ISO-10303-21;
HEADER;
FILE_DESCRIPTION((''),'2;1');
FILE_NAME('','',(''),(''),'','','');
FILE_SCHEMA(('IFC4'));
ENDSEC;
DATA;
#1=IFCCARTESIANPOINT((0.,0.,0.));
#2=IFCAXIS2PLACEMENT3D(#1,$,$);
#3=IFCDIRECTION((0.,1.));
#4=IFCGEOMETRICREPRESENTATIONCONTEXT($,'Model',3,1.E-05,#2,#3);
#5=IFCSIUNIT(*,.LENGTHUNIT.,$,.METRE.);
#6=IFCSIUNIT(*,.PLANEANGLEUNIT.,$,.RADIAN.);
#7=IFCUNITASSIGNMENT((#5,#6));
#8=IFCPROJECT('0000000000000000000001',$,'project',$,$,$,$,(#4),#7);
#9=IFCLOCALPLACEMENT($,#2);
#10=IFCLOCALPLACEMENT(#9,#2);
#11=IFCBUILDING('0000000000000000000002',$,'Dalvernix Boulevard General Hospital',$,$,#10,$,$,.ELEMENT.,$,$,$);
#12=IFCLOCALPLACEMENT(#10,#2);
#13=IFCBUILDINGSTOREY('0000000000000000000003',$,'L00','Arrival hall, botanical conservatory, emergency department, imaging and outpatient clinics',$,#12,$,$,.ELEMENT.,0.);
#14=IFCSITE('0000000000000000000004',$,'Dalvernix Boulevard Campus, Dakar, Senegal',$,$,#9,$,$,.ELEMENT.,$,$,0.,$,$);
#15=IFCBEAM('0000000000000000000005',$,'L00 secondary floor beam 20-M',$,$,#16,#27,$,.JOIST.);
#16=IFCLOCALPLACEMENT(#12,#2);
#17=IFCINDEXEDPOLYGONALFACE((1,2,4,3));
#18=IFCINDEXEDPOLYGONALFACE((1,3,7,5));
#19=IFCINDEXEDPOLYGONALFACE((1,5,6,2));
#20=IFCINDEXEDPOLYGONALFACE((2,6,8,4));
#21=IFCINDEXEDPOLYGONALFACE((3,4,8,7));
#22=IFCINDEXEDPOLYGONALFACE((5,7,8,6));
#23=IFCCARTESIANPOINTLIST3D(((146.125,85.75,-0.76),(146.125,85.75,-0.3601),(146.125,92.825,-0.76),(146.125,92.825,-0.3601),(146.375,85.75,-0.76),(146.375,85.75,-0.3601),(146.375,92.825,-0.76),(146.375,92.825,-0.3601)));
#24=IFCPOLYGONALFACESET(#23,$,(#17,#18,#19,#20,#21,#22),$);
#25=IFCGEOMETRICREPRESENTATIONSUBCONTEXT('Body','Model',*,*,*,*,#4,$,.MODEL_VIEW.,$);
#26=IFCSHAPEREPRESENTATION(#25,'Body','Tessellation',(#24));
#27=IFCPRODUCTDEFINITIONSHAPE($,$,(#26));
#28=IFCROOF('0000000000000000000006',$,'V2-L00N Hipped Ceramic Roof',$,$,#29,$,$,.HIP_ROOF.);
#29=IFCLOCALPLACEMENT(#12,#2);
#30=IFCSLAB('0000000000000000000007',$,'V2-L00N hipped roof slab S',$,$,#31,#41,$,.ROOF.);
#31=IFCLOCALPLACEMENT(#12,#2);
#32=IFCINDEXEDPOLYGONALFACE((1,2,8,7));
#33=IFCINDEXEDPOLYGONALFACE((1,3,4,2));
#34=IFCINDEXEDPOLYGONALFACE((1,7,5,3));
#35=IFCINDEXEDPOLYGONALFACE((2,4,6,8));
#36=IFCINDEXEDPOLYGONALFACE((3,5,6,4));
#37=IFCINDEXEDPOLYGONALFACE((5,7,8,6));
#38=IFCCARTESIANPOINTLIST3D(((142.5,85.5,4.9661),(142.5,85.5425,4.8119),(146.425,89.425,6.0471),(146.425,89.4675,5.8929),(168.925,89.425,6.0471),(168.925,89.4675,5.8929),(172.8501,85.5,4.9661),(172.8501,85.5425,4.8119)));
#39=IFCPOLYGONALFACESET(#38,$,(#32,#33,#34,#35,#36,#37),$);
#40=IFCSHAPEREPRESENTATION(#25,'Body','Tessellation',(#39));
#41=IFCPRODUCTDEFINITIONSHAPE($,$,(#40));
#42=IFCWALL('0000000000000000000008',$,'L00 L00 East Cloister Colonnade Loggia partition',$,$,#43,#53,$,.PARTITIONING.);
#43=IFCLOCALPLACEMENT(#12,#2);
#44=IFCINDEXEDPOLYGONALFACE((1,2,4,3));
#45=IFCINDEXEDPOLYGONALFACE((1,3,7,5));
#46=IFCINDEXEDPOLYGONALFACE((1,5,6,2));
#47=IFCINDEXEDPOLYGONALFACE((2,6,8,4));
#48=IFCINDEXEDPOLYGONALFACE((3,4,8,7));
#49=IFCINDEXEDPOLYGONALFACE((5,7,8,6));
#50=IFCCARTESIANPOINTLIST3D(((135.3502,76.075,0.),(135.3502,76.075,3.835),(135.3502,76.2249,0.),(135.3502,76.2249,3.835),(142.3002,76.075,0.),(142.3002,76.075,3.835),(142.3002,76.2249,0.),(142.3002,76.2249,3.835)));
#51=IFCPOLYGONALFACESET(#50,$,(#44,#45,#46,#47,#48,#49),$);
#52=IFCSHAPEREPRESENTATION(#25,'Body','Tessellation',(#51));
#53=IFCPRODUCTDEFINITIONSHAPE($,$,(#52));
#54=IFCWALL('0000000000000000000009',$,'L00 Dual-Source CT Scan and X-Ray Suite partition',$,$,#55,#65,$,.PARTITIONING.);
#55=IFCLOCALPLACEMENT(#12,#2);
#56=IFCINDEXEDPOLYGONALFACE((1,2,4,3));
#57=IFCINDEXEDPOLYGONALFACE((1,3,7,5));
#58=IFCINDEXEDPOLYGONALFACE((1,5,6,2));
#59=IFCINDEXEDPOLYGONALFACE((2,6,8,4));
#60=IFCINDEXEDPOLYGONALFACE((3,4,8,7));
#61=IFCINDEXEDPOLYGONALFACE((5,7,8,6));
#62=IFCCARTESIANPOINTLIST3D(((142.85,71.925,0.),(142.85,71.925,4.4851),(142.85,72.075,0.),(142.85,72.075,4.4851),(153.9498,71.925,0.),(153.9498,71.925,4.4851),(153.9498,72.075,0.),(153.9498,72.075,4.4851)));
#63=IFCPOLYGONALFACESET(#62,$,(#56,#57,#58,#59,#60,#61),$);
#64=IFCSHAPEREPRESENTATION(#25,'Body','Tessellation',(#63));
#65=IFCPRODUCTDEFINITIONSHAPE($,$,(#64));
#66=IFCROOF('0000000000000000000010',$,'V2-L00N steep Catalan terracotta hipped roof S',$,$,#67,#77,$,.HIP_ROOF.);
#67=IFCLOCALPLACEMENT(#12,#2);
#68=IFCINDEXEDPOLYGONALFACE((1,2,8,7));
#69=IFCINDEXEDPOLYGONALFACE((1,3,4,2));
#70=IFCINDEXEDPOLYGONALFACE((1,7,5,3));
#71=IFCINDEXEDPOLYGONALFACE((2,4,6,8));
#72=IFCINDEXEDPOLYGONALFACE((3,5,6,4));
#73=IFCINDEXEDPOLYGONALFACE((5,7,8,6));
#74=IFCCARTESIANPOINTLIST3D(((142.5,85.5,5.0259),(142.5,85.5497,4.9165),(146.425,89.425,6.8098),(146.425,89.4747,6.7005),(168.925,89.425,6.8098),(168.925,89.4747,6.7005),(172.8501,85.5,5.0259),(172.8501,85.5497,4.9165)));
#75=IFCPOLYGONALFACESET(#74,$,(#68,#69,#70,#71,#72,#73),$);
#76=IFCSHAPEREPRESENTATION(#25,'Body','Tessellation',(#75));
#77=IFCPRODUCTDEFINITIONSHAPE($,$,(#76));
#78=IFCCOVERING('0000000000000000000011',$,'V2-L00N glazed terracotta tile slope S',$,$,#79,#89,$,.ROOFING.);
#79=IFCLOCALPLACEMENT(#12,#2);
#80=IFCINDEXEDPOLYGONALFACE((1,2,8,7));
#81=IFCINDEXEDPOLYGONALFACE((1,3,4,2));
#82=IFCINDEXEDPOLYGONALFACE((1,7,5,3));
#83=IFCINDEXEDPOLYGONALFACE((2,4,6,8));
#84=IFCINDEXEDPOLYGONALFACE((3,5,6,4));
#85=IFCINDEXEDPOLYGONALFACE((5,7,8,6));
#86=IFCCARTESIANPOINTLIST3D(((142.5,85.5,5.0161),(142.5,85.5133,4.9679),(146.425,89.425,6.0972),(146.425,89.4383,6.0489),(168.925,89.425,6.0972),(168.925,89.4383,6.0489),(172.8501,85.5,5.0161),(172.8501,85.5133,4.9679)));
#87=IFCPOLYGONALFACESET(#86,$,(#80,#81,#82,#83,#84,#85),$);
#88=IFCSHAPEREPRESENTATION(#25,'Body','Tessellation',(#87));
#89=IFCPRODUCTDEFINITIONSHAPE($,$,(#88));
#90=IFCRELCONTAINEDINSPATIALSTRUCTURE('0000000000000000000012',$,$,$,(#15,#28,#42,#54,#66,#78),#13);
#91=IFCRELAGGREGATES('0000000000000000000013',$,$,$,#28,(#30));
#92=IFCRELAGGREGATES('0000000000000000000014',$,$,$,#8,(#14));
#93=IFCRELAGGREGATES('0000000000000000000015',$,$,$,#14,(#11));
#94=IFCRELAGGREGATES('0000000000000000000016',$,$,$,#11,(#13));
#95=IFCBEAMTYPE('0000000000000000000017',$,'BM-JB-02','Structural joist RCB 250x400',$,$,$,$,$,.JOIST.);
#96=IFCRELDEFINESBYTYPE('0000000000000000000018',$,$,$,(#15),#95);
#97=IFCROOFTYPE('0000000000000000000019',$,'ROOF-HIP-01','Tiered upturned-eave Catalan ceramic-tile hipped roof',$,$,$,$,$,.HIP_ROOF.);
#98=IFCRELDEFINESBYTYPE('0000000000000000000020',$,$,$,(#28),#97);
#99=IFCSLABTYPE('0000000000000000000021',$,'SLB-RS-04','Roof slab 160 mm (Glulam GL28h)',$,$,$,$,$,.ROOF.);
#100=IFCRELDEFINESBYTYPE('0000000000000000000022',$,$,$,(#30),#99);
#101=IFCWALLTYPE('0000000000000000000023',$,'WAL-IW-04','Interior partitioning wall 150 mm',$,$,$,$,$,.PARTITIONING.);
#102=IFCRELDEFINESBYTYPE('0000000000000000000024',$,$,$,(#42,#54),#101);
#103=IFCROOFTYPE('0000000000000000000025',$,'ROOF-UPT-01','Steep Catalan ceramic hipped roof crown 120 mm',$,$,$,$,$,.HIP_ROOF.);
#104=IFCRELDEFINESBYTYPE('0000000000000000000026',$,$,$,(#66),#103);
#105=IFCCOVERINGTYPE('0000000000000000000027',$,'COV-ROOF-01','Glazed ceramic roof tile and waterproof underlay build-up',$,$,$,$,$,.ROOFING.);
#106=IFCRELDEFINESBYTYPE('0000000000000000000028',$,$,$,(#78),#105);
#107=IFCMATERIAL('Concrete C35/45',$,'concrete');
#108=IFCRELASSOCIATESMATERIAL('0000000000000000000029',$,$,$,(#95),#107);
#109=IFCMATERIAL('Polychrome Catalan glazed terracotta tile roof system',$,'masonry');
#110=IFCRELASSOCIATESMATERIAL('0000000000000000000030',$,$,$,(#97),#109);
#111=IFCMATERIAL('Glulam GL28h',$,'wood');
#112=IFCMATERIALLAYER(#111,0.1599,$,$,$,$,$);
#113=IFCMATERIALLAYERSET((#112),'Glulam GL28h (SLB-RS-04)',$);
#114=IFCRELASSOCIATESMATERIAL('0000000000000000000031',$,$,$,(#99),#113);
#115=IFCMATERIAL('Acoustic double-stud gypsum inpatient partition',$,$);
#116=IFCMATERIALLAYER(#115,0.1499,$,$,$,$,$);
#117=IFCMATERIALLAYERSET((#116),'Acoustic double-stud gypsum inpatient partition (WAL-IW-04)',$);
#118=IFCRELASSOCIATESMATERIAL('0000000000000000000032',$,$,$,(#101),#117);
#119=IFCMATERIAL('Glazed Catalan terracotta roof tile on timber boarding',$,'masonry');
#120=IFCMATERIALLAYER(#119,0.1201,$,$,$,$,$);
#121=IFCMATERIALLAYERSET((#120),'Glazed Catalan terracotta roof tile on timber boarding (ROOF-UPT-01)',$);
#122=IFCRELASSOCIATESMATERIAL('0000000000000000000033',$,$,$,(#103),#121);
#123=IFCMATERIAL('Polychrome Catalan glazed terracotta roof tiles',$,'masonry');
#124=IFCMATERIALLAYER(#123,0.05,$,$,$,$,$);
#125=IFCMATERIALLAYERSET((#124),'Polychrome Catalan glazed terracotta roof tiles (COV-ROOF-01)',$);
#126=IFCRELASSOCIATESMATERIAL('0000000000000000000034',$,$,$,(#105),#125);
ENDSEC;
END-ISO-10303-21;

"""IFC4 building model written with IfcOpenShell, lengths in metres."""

from ifc_helpers import new_model, si_unit, direction, frame, frame_2d, origin, origin_2d, place, context, subcontext, project, spatial, polyline, rectangle, outline, extrude, material, layer, layer_set, material_profile, profile_set, type_object, element, aggregate, save


model = new_model("IFC4")

# Units and contexts
model_context = context("Model", 3, precision=1e-05, world=origin(), true_north=direction((0.0, 1.0)))
body_context = subcontext(model_context, "Body", "Model", "MODEL_VIEW")
ifc_project = project(units=[si_unit("LENGTHUNIT", "METRE"), si_unit("PLANEANGLEUNIT", "RADIAN")], contexts=[model_context])

# Site, building, storey
site_placement = place(None, origin())
site = spatial("IfcSite", under=ifc_project, at=site_placement, Name="Dalvernix Boulevard Campus, Dakar, Senegal", CompositionType="ELEMENT", RefElevation=0.0)
building_placement = place(site_placement, origin())
building = spatial("IfcBuilding", under=site, at=building_placement, Name="Dalvernix Boulevard General Hospital", CompositionType="ELEMENT")
storey_placement = place(building_placement, origin())
storey = spatial("IfcBuildingStorey", under=building, at=storey_placement, Name="L00", Description="Arrival hall, botanical conservatory, emergency department, imaging and outpatient clinics", CompositionType="ELEMENT", Elevation=0.0)

# Beam
ifc_material_1 = material(Name="Concrete C35/45", Category="concrete")
ifc_material_profile_1 = material_profile(ifc_material_1, rectangle(XDim=0.25, YDim=0.3999, at=origin_2d()), Name="RCB 250x400")
ifc_profile_set_1 = profile_set([ifc_material_profile_1], Name="Concrete C35/45")
beam_type_1 = type_object("IfcBeamType", Name="BM-JB-02", Description="Structural joist RCB 250x400", PredefinedType="JOIST", material=ifc_profile_set_1)
beam_1_placement = place(storey_placement, frame((146.25, 85.75, -0.5601), z_axis=(0.0, 1.0, 0.0), x_axis=(-1.0, 0.0, 0.0)))
element("IfcBeam", 1, at=beam_1_placement, inside=storey, type_object=beam_type_1, Name="L00 secondary floor beam 20-M", PredefinedType="JOIST", context=body_context, shape_type="SweptSolid", body=[
    extrude(rectangle(XDim=0.25, YDim=0.3999, at=origin_2d()), origin(), (0.0, 0.0, 1.0), 7.075),
])

# Roof, slab
ifc_material_2 = material(Name="Polychrome Catalan glazed terracotta tile roof system", Category="masonry")
roof_type_1 = type_object("IfcRoofType", Name="ROOF-HIP-01", Description="Tiered upturned-eave Catalan ceramic-tile hipped roof", PredefinedType="HIP_ROOF", material=ifc_material_2)
roof_1_placement = place(storey_placement, origin())
roof_1 = element("IfcRoof", 2, at=roof_1_placement, inside=storey, type_object=roof_type_1, Name="V2-L00N Hipped Ceramic Roof", PredefinedType="HIP_ROOF")
ifc_material_3 = material(Name="Glulam GL28h", Category="wood")
ifc_layer_1 = layer(ifc_material_3, 0.1599)
ifc_layer_set_1 = layer_set([ifc_layer_1], Name="Glulam GL28h (SLB-RS-04)")
slab_type = type_object("IfcSlabType", Name="SLB-RS-04", Description="Roof slab 160 mm (Glulam GL28h)", PredefinedType="ROOF", material=ifc_layer_set_1)
slab_placement = place(storey_placement, frame((142.5, 85.5, 4.9661), z_axis=(0.0, -0.265537, 0.964101), x_axis=(1.0, 0.0, 0.0)))
slab = element("IfcSlab", 3, at=slab_placement, type_object=slab_type, Name="V2-L00N hipped roof slab S", PredefinedType="ROOF", context=body_context, shape_type="SweptSolid", body=[
    extrude(outline(polyline([(0.0, 0.0), (30.3501, 0.0), (26.425, 4.0712), (3.925, 4.0712), (0.0, 0.0)])), origin(), (0.0, 0.0, -1.0), 0.1599),
])
aggregate(roof_1, [slab])

# Walls
ifc_material_4 = material(Name="Acoustic double-stud gypsum inpatient partition")
ifc_layer_2 = layer(ifc_material_4, 0.1499)
ifc_layer_set_2 = layer_set([ifc_layer_2], Name="Acoustic double-stud gypsum inpatient partition (WAL-IW-04)")
wall_type = type_object("IfcWallType", Name="WAL-IW-04", Description="Interior partitioning wall 150 mm", PredefinedType="PARTITIONING", material=ifc_layer_set_2)
wall_1_placement = place(storey_placement, frame((135.3501, 76.1499, 0.0), z_axis=(0.0, 0.0, 1.0), x_axis=(1.0, 0.0, 0.0)))
element("IfcWall", 4, at=wall_1_placement, inside=storey, type_object=wall_type, Name="L00 L00 East Cloister Colonnade Loggia partition", PredefinedType="PARTITIONING", context=body_context, shape_type="SweptSolid", body=[
    extrude(rectangle(XDim=6.95, YDim=0.1499, at=frame_2d((3.4751, 0.0))), origin(), (0.0, 0.0, 1.0), 3.835),
])
wall_2_placement = place(storey_placement, frame((142.8501, 72.0, 0.0), z_axis=(0.0, 0.0, 1.0), x_axis=(1.0, 0.0, 0.0)))
element("IfcWall", 5, at=wall_2_placement, inside=storey, type_object=wall_type, Name="L00 Dual-Source CT Scan and X-Ray Suite partition", PredefinedType="PARTITIONING", context=body_context, shape_type="SweptSolid", body=[
    extrude(rectangle(XDim=11.0999, YDim=0.1499, at=frame_2d((5.5498, 0.0))), origin(), (0.0, 0.0, 1.0), 4.4851),
])

# Roof
ifc_material_5 = material(Name="Glazed Catalan terracotta roof tile on timber boarding", Category="masonry")
ifc_layer_3 = layer(ifc_material_5, 0.1201)
ifc_layer_set_3 = layer_set([ifc_layer_3], Name="Glazed Catalan terracotta roof tile on timber boarding (ROOF-UPT-01)")
roof_type_2 = type_object("IfcRoofType", Name="ROOF-UPT-01", Description="Steep Catalan ceramic hipped roof crown 120 mm", PredefinedType="HIP_ROOF", material=ifc_layer_set_3)
roof_2_placement = place(storey_placement, frame((142.5, 85.5, 5.0259), z_axis=(0.0, -0.413769, 0.910382), x_axis=(1.0, 0.0, 0.0)))
element("IfcRoof", 6, at=roof_2_placement, inside=storey, type_object=roof_type_2, Name="V2-L00N steep Catalan terracotta hipped roof S", PredefinedType="HIP_ROOF", context=body_context, shape_type="SweptSolid", body=[
    extrude(outline(polyline([(0.0, 0.0), (30.3501, 0.0), (26.425, 4.3114), (3.925, 4.3114), (0.0, 0.0)])), origin(), (0.0, 0.0, -1.0), 0.1201),
])

# Covering
ifc_material_6 = material(Name="Polychrome Catalan glazed terracotta roof tiles", Category="masonry")
ifc_layer_4 = layer(ifc_material_6, 0.05)
ifc_layer_set_4 = layer_set([ifc_layer_4], Name="Polychrome Catalan glazed terracotta roof tiles (COV-ROOF-01)")
covering_type = type_object("IfcCoveringType", Name="COV-ROOF-01", Description="Glazed ceramic roof tile and waterproof underlay build-up", PredefinedType="ROOFING", material=ifc_layer_set_4)
covering_placement = place(storey_placement, frame((142.5, 85.5, 5.0161), z_axis=(0.0, -0.265537, 0.964101), x_axis=(1.0, 0.0, 0.0)))
element("IfcCovering", 7, at=covering_placement, inside=storey, type_object=covering_type, Name="V2-L00N glazed terracotta tile slope S", PredefinedType="ROOFING", context=body_context, shape_type="SweptSolid", body=[
    extrude(outline(polyline([(0.0, 0.0), (30.3501, 0.0), (26.425, 4.0712), (3.925, 4.0712), (0.0, 0.0)])), origin(), (0.0, 0.0, -1.0), 0.05),
])

save(model, "model.ifc")
